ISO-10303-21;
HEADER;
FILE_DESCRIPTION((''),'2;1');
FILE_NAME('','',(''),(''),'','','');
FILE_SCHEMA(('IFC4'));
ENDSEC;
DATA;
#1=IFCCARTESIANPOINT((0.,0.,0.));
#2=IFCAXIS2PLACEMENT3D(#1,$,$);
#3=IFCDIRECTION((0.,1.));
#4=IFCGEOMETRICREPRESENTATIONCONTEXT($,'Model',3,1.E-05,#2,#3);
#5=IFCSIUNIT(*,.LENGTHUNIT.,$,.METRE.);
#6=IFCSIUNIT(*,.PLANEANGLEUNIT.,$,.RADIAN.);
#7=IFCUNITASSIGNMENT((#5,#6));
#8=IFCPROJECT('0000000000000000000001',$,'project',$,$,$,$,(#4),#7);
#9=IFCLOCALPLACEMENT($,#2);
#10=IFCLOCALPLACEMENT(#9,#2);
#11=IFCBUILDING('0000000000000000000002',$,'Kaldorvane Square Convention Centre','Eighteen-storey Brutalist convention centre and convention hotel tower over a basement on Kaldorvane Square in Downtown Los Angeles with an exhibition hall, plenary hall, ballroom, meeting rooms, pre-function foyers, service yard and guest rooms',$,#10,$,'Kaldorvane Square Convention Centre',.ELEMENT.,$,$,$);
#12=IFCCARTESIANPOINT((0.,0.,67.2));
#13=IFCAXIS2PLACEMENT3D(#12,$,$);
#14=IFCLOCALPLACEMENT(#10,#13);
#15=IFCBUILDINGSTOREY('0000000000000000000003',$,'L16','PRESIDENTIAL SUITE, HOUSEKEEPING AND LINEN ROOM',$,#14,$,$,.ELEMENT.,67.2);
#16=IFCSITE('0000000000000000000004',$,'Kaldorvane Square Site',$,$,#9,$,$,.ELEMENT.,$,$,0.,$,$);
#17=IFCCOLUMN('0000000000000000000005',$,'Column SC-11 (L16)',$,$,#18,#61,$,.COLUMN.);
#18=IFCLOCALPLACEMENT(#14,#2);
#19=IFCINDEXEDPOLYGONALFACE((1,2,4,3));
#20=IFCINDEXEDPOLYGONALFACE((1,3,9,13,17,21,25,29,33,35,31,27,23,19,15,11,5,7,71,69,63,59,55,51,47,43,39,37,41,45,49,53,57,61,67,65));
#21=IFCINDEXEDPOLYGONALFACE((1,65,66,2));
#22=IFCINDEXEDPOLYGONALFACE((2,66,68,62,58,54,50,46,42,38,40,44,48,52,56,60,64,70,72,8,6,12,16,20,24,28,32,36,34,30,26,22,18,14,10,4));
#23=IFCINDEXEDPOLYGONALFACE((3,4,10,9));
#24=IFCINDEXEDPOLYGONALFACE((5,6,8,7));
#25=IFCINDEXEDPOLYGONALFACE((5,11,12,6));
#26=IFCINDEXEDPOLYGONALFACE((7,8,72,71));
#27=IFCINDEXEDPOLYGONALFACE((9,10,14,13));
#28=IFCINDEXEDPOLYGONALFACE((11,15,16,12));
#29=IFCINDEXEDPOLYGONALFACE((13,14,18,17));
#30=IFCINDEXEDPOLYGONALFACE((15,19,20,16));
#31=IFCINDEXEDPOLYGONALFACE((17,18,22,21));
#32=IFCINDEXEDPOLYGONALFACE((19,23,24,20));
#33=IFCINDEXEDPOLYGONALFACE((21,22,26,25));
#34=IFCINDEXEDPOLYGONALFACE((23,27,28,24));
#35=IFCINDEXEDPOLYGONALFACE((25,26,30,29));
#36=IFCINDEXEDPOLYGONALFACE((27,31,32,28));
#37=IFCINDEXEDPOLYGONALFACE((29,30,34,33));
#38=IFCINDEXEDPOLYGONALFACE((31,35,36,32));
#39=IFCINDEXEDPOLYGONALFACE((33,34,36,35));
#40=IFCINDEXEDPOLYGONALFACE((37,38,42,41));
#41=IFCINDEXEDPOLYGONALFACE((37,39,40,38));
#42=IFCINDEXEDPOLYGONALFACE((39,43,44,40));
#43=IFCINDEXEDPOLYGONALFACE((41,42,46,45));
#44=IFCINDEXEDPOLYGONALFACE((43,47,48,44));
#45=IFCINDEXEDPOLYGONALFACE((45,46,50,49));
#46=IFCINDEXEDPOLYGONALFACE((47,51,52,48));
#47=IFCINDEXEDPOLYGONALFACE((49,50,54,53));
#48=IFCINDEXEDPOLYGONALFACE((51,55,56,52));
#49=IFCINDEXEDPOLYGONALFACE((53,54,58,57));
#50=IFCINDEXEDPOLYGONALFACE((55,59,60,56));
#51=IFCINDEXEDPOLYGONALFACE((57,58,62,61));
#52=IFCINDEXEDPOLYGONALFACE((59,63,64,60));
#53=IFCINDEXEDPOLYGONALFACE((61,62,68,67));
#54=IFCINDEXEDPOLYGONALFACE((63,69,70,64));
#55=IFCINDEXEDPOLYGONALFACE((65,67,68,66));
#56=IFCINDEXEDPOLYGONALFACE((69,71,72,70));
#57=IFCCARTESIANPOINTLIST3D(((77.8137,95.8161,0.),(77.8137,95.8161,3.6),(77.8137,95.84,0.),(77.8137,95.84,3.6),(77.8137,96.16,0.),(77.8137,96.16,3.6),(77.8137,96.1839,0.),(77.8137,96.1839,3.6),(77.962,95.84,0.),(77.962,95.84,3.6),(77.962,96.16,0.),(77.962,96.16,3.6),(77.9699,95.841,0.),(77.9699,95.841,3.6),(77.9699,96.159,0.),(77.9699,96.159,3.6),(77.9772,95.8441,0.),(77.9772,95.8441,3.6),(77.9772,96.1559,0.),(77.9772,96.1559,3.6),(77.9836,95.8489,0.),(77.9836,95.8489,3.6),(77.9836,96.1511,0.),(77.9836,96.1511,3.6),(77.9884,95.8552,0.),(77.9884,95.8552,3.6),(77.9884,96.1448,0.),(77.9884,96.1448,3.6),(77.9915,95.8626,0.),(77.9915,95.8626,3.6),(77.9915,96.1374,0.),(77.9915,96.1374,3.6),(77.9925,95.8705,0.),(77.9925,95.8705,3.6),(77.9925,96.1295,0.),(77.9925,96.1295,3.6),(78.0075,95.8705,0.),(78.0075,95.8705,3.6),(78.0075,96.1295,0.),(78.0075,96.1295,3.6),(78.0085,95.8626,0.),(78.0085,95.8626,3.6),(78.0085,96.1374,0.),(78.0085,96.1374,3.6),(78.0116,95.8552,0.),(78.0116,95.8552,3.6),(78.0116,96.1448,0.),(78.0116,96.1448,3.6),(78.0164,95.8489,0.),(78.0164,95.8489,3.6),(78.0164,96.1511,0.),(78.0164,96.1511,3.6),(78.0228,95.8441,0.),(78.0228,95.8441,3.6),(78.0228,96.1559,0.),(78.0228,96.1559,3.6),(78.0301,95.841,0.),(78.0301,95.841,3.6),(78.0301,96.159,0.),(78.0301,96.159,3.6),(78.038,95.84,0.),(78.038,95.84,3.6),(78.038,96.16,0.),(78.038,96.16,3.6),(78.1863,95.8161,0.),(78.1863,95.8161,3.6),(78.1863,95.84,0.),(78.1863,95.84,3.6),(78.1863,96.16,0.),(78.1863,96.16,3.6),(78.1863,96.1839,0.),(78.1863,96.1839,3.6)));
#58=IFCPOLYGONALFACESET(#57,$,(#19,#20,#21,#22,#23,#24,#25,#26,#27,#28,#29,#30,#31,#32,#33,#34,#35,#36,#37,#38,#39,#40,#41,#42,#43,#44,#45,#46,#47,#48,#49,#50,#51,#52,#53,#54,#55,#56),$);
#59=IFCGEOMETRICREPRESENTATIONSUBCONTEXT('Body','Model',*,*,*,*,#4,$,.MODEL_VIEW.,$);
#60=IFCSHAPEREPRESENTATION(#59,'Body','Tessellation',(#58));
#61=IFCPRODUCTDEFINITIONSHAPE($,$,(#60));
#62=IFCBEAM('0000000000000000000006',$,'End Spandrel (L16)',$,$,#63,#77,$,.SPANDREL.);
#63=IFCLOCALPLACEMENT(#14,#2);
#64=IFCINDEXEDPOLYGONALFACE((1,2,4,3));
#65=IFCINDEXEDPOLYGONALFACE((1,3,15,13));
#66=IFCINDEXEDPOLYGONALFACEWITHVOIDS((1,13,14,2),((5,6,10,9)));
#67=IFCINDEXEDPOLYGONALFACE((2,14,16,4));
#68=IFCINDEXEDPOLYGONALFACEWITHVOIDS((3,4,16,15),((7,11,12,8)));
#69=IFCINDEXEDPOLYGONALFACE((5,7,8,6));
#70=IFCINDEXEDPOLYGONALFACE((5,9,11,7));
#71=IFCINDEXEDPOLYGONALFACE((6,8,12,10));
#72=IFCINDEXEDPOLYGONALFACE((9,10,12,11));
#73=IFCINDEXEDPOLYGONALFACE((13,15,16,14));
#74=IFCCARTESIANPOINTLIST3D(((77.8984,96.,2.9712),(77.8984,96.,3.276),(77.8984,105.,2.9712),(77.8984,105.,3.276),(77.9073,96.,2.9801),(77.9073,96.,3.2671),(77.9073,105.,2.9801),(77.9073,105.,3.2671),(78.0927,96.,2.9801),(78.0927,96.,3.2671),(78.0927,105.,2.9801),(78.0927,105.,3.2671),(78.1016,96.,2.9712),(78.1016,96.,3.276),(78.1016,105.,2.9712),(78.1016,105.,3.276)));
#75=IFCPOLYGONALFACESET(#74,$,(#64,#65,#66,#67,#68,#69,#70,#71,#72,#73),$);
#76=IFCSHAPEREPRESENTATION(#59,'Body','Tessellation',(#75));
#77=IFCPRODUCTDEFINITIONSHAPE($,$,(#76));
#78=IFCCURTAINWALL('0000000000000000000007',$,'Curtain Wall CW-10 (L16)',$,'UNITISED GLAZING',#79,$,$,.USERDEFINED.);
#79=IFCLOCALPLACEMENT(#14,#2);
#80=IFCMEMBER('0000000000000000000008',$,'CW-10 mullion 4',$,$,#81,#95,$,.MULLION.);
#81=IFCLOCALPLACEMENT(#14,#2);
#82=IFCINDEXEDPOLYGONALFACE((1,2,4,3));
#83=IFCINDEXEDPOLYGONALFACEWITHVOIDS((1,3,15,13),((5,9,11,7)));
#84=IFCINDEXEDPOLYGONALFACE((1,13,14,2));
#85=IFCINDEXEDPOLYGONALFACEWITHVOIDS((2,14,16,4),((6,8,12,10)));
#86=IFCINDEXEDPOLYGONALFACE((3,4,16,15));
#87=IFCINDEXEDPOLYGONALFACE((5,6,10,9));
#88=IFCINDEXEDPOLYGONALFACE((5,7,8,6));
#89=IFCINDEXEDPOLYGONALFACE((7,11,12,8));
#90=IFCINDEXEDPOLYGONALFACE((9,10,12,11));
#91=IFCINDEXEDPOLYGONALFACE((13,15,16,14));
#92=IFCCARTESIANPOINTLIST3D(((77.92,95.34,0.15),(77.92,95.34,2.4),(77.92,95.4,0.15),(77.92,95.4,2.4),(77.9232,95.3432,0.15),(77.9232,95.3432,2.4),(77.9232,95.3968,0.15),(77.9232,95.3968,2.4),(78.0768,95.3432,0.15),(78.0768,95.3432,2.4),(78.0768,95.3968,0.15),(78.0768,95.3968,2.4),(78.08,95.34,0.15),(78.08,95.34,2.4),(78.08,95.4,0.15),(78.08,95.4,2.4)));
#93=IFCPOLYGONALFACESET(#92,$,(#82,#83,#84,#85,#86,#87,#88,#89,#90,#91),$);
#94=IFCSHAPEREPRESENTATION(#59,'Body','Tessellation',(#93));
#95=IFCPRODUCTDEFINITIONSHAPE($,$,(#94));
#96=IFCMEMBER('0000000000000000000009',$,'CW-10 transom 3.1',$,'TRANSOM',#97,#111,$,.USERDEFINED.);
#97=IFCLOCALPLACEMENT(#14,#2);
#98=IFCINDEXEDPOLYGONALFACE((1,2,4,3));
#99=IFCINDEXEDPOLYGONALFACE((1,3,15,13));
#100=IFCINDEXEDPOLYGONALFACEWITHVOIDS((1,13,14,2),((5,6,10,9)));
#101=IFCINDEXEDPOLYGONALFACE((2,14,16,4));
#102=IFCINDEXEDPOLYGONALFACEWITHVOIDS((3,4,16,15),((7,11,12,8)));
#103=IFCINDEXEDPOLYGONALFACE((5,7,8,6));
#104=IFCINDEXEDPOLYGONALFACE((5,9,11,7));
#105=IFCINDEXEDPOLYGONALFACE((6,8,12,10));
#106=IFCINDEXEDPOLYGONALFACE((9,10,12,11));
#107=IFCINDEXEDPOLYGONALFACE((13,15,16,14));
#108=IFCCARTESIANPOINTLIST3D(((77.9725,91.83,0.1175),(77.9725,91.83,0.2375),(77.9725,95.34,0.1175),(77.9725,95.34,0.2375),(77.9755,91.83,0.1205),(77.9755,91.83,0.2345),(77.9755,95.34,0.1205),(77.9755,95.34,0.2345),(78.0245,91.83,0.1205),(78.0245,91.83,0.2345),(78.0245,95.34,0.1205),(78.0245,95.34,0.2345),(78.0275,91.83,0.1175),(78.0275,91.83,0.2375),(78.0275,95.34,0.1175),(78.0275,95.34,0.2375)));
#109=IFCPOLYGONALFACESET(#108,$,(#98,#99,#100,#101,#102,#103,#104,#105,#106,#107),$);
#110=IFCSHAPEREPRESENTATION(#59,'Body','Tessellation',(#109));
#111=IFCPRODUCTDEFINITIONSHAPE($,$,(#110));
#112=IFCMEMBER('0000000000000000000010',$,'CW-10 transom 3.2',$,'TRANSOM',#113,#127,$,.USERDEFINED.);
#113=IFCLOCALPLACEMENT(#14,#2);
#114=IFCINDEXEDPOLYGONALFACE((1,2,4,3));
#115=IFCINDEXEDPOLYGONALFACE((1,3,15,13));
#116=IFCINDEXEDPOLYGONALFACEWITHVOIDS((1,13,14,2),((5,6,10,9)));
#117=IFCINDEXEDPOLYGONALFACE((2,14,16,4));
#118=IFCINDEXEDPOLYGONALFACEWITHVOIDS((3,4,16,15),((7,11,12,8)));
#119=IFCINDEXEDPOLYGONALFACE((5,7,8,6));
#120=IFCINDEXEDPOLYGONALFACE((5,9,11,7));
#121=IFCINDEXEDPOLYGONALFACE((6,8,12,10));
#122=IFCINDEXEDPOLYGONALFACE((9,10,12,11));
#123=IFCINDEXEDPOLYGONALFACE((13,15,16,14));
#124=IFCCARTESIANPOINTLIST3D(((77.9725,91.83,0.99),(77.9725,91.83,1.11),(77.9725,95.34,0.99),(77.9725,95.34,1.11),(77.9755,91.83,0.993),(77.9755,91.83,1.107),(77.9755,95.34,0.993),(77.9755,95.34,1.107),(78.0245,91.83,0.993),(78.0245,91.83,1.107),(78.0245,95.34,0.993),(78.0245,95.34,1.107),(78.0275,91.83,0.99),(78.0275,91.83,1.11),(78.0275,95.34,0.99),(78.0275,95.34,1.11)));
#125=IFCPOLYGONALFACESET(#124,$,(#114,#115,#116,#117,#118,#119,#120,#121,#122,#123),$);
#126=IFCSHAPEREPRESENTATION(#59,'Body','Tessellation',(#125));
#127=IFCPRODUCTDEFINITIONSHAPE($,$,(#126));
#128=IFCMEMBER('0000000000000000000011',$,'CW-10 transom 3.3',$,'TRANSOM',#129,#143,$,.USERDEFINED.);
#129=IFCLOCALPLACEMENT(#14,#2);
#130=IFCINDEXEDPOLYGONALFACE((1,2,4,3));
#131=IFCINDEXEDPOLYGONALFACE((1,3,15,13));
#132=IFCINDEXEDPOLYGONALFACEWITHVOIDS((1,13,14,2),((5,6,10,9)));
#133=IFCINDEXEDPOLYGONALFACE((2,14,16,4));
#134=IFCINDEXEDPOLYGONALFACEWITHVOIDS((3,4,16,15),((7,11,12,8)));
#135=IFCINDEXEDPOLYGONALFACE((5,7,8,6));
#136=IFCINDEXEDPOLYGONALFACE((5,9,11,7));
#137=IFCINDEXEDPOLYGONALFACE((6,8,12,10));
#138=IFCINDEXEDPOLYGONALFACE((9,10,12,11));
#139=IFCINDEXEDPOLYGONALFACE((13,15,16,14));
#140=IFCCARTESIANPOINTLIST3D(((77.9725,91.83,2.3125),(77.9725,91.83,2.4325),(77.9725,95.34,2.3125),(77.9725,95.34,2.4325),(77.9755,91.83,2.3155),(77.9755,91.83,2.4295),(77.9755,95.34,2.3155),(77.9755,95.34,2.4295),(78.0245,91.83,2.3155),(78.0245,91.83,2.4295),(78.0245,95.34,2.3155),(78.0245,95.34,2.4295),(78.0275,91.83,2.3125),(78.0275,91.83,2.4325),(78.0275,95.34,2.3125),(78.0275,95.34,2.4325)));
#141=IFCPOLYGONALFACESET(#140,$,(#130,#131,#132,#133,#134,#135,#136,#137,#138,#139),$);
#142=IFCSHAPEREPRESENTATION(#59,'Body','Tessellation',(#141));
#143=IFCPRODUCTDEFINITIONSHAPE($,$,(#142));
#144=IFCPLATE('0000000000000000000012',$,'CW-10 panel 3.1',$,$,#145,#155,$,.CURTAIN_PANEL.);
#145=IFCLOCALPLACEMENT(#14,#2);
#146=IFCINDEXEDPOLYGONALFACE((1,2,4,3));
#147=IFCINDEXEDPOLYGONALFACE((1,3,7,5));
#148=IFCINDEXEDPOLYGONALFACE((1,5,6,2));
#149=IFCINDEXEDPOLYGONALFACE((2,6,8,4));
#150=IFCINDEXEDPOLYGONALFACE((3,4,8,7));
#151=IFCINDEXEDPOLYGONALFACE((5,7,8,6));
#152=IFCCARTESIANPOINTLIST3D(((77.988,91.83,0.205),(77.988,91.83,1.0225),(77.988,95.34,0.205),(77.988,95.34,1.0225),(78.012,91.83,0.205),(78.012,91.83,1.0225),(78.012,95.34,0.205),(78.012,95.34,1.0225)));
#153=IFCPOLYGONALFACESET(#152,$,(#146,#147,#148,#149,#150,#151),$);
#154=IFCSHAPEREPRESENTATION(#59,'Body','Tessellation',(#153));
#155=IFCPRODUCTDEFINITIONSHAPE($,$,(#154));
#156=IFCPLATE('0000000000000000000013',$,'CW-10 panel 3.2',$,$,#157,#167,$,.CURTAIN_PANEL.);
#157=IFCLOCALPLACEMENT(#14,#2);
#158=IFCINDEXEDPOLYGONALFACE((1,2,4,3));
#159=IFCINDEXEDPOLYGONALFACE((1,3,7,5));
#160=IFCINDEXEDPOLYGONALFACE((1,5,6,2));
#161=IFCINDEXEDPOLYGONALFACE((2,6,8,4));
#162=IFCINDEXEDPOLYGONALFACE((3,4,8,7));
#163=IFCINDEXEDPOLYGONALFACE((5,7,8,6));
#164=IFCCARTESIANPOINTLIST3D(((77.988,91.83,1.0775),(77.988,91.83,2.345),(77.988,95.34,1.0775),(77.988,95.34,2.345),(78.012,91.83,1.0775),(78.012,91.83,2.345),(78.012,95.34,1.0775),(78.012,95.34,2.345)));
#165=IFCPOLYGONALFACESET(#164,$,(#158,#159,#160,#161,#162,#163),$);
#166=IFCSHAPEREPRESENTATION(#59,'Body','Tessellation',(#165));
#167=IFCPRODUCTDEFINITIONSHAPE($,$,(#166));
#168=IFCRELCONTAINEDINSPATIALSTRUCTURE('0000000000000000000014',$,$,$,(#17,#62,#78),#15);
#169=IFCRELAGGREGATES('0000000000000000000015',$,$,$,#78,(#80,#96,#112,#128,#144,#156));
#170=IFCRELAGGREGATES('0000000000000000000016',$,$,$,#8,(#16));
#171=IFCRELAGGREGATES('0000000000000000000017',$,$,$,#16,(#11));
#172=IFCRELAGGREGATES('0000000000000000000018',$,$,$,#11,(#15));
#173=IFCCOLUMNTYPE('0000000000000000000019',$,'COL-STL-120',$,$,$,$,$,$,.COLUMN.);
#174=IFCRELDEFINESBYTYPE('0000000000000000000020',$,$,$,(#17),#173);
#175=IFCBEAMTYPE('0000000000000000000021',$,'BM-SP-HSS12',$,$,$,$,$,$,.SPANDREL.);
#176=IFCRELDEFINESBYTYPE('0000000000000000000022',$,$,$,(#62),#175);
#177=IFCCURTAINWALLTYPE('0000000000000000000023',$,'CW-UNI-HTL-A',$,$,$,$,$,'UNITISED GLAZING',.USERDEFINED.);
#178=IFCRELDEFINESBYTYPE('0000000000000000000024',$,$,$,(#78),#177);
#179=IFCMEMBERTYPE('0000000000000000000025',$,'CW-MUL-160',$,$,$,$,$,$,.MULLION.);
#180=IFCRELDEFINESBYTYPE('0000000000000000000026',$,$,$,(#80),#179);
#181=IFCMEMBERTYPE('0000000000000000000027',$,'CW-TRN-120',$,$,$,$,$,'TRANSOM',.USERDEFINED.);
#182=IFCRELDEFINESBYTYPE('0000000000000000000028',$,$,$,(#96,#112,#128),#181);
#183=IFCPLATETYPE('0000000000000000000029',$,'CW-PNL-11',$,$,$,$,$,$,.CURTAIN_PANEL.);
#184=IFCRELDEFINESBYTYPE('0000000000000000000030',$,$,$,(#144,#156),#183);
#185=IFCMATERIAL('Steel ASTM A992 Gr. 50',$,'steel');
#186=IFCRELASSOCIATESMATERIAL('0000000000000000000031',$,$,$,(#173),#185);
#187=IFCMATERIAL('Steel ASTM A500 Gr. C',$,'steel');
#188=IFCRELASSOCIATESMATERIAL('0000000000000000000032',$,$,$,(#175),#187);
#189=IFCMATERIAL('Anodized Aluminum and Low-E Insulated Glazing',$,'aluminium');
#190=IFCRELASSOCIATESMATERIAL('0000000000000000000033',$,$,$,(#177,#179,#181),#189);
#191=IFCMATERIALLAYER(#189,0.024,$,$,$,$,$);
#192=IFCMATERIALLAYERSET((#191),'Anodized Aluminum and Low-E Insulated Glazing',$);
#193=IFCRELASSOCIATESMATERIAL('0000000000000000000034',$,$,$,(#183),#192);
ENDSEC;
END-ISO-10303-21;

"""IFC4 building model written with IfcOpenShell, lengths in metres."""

from ifc_helpers import new_model, si_unit, direction, frame, origin, origin_2d, place, context, subcontext, project, spatial, rectangle, hollow_rectangle, i_section, extrude, material, layer, layer_set, material_profile, profile_set, type_object, element, aggregate, save


model = new_model("IFC4")

# Units and contexts
model_context = context("Model", 3, precision=1e-05, world=origin(), true_north=direction((0.0, 1.0)))
body_context = subcontext(model_context, "Body", "Model", "MODEL_VIEW")
ifc_project = project(units=[si_unit("LENGTHUNIT", "METRE"), si_unit("PLANEANGLEUNIT", "RADIAN")], contexts=[model_context])

# Site, building, storey
site_placement = place(None, origin())
site = spatial("IfcSite", under=ifc_project, at=site_placement, Name="Kaldorvane Square Site", CompositionType="ELEMENT", RefElevation=0.0)
building_placement = place(site_placement, origin())
building = spatial("IfcBuilding", under=site, at=building_placement, Name="Kaldorvane Square Convention Centre", Description="Eighteen-storey Brutalist convention centre and convention hotel tower over a basement on Kaldorvane Square in Downtown Los Angeles with an exhibition hall, plenary hall, ballroom, meeting rooms, pre-function foyers, service yard and guest rooms", LongName="Kaldorvane Square Convention Centre", CompositionType="ELEMENT")
storey_placement = place(building_placement, frame((0.0, 0.0, 67.2)))
storey = spatial("IfcBuildingStorey", under=building, at=storey_placement, Name="L16", Description="PRESIDENTIAL SUITE, HOUSEKEEPING AND LINEN ROOM", CompositionType="ELEMENT", Elevation=67.2)

# Column
ifc_material_1 = material(Name="Steel ASTM A992 Gr. 50", Category="steel")
ifc_material_profile_1 = material_profile(ifc_material_1, i_section(OverallWidth=0.3726, OverallDepth=0.3678, WebThickness=0.015, FlangeThickness=0.0239, FilletRadius=0.0305, at=origin_2d()), Name="W14X120")
ifc_profile_set_1 = profile_set([ifc_material_profile_1], Name="Steel ASTM A992 Gr. 50")
column_type = type_object("IfcColumnType", Name="COL-STL-120", PredefinedType="COLUMN", material=ifc_profile_set_1)
column_placement = place(storey_placement, frame((78.0, 96.0, 0.0), z_axis=(0.0, 0.0, 1.0), x_axis=(1.0, 0.0, 0.0)))
element("IfcColumn", 1, at=column_placement, inside=storey, type_object=column_type, Name="Column SC-11 (L16)", PredefinedType="COLUMN", context=body_context, shape_type="SweptSolid", body=[
    extrude(i_section(OverallWidth=0.3726, OverallDepth=0.3678, WebThickness=0.015, FlangeThickness=0.0239, FilletRadius=0.0305, at=origin_2d()), origin(), (0.0, 0.0, 1.0), 3.6),
])

# Beam
ifc_material_2 = material(Name="Steel ASTM A500 Gr. C", Category="steel")
ifc_material_profile_2 = material_profile(ifc_material_2, hollow_rectangle(XDim=0.2032, YDim=0.3048, WallThickness=0.0089, at=origin_2d()), Name="HSS12X8X3/8")
ifc_profile_set_2 = profile_set([ifc_material_profile_2], Name="Steel ASTM A500 Gr. C")
beam_type = type_object("IfcBeamType", Name="BM-SP-HSS12", PredefinedType="SPANDREL", material=ifc_profile_set_2)
beam_placement = place(storey_placement, frame((78.0, 96.0, 3.1236), z_axis=(0.0, 1.0, 0.0), x_axis=(-1.0, 0.0, 0.0)))
element("IfcBeam", 2, at=beam_placement, inside=storey, type_object=beam_type, Name="End Spandrel (L16)", PredefinedType="SPANDREL", context=body_context, shape_type="SweptSolid", body=[
    extrude(hollow_rectangle(XDim=0.2032, YDim=0.3048, WallThickness=0.0089, at=origin_2d()), origin(), (0.0, 0.0, 1.0), 9.0),
])

# Curtain wall, members, plates
ifc_material_3 = material(Name="Anodized Aluminum and Low-E Insulated Glazing", Category="aluminium")
curtain_wall_type = type_object("IfcCurtainWallType", Name="CW-UNI-HTL-A", ElementType="UNITISED GLAZING", PredefinedType="USERDEFINED", material=ifc_material_3)
curtain_wall_placement = place(storey_placement, origin())
curtain_wall = element("IfcCurtainWall", 3, at=curtain_wall_placement, inside=storey, type_object=curtain_wall_type, Name="Curtain Wall CW-10 (L16)", ObjectType="UNITISED GLAZING", PredefinedType="USERDEFINED")
ifc_material_profile_3 = material_profile(ifc_material_3, hollow_rectangle(XDim=0.06, YDim=0.16, WallThickness=0.0032, at=origin_2d()), Name="CWM-160X60")
ifc_profile_set_3 = profile_set([ifc_material_profile_3], Name="Anodized Aluminum and Low-E Insulated Glazing")
member_type_1 = type_object("IfcMemberType", Name="CW-MUL-160", PredefinedType="MULLION", material=ifc_profile_set_3)
member_1_placement = place(storey_placement, frame((78.0, 95.37, 0.15), z_axis=(0.0, 0.0, 1.0), x_axis=(0.0, 1.0, 0.0)))
member_1 = element("IfcMember", 4, at=member_1_placement, type_object=member_type_1, Name="CW-10 mullion 4", PredefinedType="MULLION", context=body_context, shape_type="SweptSolid", body=[
    extrude(hollow_rectangle(XDim=0.06, YDim=0.16, WallThickness=0.0032, at=origin_2d()), origin(), (0.0, 0.0, 1.0), 2.25),
])
ifc_material_profile_4 = material_profile(ifc_material_3, hollow_rectangle(XDim=0.055, YDim=0.12, WallThickness=0.003, at=origin_2d()), Name="CWT-120X55")
ifc_profile_set_4 = profile_set([ifc_material_profile_4], Name="Anodized Aluminum and Low-E Insulated Glazing")
member_type_2 = type_object("IfcMemberType", Name="CW-TRN-120", ElementType="TRANSOM", PredefinedType="USERDEFINED", material=ifc_profile_set_4)
member_2_placement = place(storey_placement, frame((78.0, 91.83, 0.1775), z_axis=(0.0, 1.0, 0.0), x_axis=(-1.0, 0.0, 0.0)))
member_2 = element("IfcMember", 5, at=member_2_placement, type_object=member_type_2, Name="CW-10 transom 3.1", ObjectType="TRANSOM", PredefinedType="USERDEFINED", context=body_context, shape_type="SweptSolid", body=[
    extrude(hollow_rectangle(XDim=0.055, YDim=0.12, WallThickness=0.003, at=origin_2d()), origin(), (0.0, 0.0, 1.0), 3.51),
])
member_3_placement = place(storey_placement, frame((78.0, 91.83, 1.05), z_axis=(0.0, 1.0, 0.0), x_axis=(-1.0, 0.0, 0.0)))
member_3 = element("IfcMember", 6, at=member_3_placement, type_object=member_type_2, Name="CW-10 transom 3.2", ObjectType="TRANSOM", PredefinedType="USERDEFINED", context=body_context, shape_type="SweptSolid", body=[
    extrude(hollow_rectangle(XDim=0.055, YDim=0.12, WallThickness=0.003, at=origin_2d()), origin(), (0.0, 0.0, 1.0), 3.51),
])
member_4_placement = place(storey_placement, frame((78.0, 91.83, 2.3725), z_axis=(0.0, 1.0, 0.0), x_axis=(-1.0, 0.0, 0.0)))
member_4 = element("IfcMember", 7, at=member_4_placement, type_object=member_type_2, Name="CW-10 transom 3.3", ObjectType="TRANSOM", PredefinedType="USERDEFINED", context=body_context, shape_type="SweptSolid", body=[
    extrude(hollow_rectangle(XDim=0.055, YDim=0.12, WallThickness=0.003, at=origin_2d()), origin(), (0.0, 0.0, 1.0), 3.51),
])
ifc_layer_1 = layer(ifc_material_3, 0.024)
ifc_layer_set_1 = layer_set([ifc_layer_1], Name="Anodized Aluminum and Low-E Insulated Glazing")
plate_type = type_object("IfcPlateType", Name="CW-PNL-11", PredefinedType="CURTAIN_PANEL", material=ifc_layer_set_1)
plate_1_placement = place(storey_placement, frame((78.0, 93.585, 0.205), z_axis=(0.0, 0.0, 1.0), x_axis=(0.0, 1.0, 0.0)))
plate_1 = element("IfcPlate", 8, at=plate_1_placement, type_object=plate_type, Name="CW-10 panel 3.1", PredefinedType="CURTAIN_PANEL", context=body_context, shape_type="SweptSolid", body=[
    extrude(rectangle(XDim=3.51, YDim=0.024, at=origin_2d()), origin(), (0.0, 0.0, 1.0), 0.8175),
])
plate_2_placement = place(storey_placement, frame((78.0, 93.585, 1.0775), z_axis=(0.0, 0.0, 1.0), x_axis=(0.0, 1.0, 0.0)))
plate_2 = element("IfcPlate", 9, at=plate_2_placement, type_object=plate_type, Name="CW-10 panel 3.2", PredefinedType="CURTAIN_PANEL", context=body_context, shape_type="SweptSolid", body=[
    extrude(rectangle(XDim=3.51, YDim=0.024, at=origin_2d()), origin(), (0.0, 0.0, 1.0), 1.2675),
])
aggregate(curtain_wall, [member_1, member_2, member_3, member_4, plate_1, plate_2])

save(model, "model.ifc")
